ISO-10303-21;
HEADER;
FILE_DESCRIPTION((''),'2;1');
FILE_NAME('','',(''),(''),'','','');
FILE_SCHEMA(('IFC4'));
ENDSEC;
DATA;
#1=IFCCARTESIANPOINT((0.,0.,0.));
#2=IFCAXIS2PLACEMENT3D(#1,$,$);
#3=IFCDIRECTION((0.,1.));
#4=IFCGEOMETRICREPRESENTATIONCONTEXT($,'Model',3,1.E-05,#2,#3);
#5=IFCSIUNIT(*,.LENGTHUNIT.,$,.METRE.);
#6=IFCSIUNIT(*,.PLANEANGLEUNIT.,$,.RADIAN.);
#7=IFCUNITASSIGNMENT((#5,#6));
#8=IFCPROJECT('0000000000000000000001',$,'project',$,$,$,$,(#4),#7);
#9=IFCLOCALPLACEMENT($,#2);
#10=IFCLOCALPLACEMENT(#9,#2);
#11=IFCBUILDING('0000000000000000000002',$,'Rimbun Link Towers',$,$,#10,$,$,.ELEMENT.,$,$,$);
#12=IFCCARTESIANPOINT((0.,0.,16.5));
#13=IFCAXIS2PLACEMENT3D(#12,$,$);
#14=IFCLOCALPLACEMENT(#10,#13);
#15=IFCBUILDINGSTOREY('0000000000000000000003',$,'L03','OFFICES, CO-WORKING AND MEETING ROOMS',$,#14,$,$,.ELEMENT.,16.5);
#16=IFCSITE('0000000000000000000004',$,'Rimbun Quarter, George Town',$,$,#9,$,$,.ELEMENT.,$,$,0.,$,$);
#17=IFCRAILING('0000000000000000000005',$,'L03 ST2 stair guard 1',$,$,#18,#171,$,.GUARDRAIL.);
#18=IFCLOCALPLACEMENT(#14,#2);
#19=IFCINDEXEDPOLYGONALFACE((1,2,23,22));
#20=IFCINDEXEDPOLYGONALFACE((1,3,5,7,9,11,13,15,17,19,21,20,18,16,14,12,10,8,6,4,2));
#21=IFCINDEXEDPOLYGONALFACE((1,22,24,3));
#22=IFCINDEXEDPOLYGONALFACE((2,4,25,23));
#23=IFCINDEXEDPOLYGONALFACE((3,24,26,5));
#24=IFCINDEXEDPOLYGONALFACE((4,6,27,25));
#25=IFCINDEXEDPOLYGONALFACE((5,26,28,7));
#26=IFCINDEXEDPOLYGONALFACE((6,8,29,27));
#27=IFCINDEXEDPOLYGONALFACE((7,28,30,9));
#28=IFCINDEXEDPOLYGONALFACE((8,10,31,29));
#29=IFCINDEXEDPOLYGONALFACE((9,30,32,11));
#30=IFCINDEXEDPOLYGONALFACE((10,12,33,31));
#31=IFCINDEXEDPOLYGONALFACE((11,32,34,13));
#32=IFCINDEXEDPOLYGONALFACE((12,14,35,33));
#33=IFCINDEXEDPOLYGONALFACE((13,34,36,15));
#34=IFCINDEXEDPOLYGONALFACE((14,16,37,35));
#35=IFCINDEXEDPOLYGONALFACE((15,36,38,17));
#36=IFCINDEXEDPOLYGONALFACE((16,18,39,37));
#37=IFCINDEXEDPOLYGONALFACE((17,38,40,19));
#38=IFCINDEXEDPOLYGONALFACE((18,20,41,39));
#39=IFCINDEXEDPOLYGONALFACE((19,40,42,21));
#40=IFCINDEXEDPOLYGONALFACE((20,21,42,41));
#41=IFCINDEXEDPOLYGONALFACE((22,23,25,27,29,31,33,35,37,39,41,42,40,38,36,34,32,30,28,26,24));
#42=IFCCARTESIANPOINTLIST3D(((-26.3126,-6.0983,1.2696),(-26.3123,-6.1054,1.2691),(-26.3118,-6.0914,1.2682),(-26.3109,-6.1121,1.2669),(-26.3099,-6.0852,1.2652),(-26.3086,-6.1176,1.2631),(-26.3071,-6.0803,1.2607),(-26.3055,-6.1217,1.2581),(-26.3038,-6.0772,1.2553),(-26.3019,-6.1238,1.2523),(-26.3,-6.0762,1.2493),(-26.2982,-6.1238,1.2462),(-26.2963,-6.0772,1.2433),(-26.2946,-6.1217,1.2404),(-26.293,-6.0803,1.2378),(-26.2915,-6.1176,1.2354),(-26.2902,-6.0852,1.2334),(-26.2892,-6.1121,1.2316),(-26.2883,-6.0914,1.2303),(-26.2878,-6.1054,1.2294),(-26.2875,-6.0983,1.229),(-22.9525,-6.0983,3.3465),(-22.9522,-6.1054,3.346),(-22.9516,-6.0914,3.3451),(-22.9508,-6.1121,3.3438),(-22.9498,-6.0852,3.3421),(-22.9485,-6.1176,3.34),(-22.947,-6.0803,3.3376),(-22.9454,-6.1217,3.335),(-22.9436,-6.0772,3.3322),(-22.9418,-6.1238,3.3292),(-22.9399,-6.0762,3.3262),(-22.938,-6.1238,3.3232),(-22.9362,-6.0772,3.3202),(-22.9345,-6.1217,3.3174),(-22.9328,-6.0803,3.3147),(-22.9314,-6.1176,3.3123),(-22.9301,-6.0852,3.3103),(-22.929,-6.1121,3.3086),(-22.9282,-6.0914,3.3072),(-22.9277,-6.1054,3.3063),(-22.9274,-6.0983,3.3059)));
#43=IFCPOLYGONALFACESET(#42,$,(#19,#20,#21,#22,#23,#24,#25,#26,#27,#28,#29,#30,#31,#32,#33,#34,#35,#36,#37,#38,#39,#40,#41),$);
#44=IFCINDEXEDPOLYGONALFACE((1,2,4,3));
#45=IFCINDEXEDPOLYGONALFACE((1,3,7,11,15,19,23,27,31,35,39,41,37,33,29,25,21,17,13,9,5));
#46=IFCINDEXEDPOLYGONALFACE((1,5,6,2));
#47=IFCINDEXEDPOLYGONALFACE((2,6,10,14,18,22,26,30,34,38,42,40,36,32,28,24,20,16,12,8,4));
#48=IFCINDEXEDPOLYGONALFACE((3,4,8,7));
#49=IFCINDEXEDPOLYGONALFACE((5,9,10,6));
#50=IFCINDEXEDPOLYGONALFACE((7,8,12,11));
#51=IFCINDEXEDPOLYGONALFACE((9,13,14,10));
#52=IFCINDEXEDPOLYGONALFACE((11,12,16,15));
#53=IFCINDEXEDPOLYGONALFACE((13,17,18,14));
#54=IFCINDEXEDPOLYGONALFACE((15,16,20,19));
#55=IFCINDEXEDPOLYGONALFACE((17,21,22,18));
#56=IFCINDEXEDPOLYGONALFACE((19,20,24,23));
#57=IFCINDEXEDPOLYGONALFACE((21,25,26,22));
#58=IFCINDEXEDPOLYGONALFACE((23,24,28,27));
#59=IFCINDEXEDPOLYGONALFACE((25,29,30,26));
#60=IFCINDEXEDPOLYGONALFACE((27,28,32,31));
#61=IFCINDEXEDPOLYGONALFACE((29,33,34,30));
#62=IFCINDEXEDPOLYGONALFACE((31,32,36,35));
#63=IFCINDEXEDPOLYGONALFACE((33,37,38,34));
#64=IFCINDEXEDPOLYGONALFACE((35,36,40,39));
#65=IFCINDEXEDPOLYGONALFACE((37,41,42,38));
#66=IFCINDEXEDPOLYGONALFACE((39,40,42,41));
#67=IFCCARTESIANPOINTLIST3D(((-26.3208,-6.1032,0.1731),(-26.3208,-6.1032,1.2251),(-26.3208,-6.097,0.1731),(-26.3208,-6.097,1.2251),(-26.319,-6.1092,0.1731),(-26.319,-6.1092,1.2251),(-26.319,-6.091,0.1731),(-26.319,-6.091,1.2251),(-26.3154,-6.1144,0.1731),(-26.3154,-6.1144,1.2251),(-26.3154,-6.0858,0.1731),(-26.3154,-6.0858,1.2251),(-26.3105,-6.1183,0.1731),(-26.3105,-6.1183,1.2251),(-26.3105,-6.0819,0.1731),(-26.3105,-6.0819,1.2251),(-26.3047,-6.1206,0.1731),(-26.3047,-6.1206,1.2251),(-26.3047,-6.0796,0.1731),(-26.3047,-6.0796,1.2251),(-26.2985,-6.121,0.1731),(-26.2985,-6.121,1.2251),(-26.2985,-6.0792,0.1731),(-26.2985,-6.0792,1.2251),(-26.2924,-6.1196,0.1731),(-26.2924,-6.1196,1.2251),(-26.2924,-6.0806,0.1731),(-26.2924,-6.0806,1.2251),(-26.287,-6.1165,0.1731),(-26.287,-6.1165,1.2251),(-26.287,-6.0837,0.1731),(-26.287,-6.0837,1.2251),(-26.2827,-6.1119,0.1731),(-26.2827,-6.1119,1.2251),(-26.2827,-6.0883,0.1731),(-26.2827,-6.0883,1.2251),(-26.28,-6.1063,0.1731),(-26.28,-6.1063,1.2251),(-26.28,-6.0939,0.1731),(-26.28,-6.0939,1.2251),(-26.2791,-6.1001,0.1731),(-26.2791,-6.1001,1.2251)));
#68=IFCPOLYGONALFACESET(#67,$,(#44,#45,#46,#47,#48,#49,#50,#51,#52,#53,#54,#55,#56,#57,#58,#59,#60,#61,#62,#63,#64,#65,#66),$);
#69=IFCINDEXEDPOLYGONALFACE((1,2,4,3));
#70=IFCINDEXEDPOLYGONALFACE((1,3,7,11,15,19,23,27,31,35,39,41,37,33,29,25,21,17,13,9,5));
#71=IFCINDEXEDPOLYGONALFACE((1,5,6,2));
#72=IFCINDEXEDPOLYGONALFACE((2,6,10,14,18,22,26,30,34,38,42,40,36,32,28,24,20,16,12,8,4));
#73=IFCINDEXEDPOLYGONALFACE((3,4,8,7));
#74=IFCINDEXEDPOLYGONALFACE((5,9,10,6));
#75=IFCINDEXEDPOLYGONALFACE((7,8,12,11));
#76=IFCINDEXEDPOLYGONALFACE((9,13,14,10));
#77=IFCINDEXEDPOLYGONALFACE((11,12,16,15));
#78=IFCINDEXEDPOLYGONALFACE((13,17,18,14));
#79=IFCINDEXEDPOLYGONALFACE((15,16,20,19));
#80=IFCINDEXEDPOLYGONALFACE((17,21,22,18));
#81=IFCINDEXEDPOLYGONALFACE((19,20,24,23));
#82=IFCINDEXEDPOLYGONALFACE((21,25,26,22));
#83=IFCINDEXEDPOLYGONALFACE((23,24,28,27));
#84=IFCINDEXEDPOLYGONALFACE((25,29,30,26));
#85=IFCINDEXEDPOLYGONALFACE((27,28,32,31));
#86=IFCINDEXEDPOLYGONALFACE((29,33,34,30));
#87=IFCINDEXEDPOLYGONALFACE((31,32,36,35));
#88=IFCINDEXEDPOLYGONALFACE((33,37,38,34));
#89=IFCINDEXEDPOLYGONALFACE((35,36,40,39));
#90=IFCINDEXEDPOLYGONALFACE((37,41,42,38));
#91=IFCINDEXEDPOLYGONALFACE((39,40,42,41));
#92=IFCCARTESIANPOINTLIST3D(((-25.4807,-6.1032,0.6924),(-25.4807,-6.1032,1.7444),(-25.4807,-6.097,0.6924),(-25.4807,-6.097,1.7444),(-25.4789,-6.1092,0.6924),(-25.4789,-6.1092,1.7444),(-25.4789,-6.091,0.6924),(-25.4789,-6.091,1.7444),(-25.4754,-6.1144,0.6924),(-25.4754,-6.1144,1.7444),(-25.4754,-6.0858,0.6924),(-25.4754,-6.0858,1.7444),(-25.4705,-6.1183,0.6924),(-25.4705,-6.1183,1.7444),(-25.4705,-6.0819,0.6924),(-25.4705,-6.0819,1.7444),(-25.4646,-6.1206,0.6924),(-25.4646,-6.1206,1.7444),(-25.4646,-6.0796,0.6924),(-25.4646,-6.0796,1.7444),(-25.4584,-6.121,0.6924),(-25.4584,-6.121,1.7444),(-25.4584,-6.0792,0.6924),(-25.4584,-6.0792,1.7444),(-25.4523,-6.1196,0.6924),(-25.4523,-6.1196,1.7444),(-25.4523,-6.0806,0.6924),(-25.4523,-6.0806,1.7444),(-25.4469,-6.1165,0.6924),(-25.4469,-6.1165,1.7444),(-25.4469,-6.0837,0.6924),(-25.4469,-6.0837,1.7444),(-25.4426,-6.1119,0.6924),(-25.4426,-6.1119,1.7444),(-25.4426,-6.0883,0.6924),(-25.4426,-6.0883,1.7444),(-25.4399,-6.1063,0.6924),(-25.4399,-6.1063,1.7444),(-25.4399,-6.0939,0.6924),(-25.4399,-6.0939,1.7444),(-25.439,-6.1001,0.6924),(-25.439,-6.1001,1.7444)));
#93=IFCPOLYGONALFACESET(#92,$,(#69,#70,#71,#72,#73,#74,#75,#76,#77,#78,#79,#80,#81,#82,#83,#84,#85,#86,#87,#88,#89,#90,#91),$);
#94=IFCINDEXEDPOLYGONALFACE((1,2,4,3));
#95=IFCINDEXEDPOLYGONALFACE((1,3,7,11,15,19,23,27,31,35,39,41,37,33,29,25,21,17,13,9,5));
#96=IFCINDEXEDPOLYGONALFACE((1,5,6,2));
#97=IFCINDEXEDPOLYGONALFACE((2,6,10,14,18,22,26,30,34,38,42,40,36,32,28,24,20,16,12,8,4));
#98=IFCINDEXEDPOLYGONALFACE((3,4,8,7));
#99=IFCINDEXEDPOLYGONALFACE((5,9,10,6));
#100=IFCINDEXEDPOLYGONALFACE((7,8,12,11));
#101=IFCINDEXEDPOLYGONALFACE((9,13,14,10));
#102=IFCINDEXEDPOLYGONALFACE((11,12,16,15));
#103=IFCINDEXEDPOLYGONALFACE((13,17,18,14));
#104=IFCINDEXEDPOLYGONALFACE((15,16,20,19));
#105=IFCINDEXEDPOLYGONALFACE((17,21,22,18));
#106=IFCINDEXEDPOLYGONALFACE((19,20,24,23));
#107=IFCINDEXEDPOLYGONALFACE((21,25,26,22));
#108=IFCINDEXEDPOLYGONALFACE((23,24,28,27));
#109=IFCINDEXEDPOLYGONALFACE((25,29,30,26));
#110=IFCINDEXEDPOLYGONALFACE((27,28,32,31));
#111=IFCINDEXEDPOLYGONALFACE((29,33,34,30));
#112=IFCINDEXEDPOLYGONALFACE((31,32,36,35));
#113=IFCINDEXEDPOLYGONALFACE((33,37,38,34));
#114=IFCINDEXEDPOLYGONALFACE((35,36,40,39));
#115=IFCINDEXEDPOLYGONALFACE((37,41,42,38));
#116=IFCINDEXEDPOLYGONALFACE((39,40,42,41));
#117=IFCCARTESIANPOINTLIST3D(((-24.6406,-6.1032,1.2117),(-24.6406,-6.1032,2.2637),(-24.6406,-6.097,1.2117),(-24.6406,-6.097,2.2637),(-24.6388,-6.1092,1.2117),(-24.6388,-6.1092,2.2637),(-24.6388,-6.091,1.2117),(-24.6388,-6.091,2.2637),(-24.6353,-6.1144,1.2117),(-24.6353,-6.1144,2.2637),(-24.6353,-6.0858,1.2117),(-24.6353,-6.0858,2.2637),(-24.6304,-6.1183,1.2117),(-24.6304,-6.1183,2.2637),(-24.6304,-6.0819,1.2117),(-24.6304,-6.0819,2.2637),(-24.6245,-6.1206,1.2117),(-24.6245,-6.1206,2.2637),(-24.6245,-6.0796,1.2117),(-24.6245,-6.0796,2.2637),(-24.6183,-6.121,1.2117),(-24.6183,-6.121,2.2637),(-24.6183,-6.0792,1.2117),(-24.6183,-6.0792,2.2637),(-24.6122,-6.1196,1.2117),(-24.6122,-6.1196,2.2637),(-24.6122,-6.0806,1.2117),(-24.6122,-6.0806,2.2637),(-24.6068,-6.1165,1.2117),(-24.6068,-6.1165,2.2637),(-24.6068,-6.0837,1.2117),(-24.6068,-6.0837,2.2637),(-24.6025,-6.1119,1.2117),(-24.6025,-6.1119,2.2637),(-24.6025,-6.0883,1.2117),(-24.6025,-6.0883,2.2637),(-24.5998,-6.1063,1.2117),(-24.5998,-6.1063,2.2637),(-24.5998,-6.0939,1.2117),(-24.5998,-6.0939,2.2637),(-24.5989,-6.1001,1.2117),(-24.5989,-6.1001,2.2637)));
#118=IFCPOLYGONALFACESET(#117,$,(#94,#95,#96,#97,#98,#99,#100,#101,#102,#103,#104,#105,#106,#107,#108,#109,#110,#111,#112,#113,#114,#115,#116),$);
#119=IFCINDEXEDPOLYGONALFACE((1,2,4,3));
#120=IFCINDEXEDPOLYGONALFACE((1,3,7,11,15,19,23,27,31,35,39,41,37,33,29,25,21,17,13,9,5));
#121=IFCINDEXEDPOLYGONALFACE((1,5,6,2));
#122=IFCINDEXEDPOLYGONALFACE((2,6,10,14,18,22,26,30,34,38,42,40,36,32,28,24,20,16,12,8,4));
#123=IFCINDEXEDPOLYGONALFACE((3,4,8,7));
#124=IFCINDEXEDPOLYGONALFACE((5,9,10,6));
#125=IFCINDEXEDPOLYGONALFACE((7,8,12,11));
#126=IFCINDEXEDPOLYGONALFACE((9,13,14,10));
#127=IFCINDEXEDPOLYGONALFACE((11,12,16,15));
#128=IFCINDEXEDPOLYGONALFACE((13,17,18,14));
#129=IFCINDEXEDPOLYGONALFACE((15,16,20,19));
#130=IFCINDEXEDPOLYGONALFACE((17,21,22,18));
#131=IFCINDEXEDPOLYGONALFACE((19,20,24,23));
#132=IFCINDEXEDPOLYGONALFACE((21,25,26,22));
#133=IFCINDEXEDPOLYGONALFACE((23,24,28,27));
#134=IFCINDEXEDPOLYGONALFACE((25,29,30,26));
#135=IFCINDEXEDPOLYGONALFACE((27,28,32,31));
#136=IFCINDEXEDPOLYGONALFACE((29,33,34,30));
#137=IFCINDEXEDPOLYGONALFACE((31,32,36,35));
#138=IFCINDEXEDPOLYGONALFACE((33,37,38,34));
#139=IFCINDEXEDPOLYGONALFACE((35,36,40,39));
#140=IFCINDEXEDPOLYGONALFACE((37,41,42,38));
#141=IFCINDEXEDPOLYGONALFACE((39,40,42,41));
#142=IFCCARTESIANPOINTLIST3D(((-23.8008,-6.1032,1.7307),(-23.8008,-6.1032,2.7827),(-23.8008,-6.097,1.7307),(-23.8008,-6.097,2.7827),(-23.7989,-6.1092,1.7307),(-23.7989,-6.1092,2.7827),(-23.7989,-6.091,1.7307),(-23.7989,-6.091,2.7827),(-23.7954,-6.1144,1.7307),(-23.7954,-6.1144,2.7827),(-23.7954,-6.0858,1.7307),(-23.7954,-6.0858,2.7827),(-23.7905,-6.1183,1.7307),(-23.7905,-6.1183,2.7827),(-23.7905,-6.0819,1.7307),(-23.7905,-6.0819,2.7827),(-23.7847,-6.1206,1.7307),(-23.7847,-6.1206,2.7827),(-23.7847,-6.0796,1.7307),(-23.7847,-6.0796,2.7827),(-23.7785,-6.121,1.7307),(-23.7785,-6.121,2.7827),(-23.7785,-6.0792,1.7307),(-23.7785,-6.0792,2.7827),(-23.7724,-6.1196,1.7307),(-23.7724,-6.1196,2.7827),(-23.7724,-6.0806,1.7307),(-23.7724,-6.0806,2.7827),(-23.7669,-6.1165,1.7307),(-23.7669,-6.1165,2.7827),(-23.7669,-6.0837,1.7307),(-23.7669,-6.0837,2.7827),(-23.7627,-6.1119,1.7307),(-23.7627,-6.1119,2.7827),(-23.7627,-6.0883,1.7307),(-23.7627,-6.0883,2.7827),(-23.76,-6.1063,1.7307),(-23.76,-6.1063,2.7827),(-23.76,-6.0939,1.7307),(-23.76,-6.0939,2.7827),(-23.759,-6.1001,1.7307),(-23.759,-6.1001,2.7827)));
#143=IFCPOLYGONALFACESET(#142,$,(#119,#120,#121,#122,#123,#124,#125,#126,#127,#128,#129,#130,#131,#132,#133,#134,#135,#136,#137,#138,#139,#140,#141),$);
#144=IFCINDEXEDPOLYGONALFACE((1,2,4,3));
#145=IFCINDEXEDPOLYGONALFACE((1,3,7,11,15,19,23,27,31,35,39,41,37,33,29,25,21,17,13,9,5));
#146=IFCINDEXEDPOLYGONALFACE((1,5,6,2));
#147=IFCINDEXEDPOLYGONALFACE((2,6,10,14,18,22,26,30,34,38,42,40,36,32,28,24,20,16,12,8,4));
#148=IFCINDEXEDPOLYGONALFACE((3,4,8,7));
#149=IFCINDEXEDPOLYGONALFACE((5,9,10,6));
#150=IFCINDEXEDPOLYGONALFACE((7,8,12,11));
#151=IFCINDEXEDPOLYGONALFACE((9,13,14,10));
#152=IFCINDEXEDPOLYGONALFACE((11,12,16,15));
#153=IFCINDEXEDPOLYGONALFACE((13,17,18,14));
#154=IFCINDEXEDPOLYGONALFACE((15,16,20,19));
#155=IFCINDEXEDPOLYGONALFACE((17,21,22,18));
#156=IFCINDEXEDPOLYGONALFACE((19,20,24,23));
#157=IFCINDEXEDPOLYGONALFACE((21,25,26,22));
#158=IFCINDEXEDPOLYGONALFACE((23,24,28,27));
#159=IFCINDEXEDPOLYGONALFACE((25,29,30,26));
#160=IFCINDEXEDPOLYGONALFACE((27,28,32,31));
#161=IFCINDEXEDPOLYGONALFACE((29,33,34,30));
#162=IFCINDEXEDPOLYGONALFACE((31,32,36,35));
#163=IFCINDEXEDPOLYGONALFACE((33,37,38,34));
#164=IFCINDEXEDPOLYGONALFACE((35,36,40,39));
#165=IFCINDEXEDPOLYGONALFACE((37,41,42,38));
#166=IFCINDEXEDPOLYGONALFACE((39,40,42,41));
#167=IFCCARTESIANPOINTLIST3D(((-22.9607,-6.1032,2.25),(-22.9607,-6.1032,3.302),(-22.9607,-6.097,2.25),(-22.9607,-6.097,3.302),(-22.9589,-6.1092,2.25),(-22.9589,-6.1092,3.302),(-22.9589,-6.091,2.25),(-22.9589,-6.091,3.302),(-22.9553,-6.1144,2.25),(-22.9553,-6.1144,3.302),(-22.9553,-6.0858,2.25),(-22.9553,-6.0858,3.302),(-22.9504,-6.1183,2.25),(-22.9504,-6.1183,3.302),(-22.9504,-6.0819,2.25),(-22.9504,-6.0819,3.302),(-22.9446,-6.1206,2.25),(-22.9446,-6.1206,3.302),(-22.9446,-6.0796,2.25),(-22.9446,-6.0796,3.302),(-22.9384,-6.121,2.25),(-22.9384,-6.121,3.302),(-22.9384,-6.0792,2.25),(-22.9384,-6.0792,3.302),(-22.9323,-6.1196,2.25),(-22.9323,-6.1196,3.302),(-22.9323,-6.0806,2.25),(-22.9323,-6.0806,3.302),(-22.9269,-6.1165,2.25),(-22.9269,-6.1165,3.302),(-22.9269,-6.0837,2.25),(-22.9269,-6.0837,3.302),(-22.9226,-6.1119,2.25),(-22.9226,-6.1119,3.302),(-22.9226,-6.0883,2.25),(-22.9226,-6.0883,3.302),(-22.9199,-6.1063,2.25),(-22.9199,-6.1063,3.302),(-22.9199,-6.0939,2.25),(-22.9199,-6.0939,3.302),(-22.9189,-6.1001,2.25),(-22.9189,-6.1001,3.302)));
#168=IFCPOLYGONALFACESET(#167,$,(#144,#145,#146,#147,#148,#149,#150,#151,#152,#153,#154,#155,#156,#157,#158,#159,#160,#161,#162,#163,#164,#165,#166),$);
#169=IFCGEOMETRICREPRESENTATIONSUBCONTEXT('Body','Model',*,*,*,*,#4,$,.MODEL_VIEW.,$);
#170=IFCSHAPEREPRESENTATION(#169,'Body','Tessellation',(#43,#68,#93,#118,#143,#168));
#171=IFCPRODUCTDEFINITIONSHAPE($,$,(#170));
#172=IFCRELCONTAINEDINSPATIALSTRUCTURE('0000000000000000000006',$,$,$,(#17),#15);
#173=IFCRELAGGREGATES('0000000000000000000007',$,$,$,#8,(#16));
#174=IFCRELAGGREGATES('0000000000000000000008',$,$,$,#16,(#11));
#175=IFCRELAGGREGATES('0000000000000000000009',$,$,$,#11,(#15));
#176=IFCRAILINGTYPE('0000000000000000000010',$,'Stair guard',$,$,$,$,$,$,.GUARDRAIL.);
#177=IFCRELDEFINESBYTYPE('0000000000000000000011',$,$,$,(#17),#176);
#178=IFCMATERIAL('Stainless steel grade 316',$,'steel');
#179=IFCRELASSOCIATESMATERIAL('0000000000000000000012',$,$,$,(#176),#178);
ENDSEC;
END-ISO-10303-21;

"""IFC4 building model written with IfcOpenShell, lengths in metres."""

from ifc_helpers import new_model, si_unit, direction, frame, origin, origin_2d, place, context, subcontext, project, spatial, circle, extrude, material, type_object, element, save


model = new_model("IFC4")

# Units and contexts
model_context = context("Model", 3, precision=1e-05, world=origin(), true_north=direction((0.0, 1.0)))
body_context = subcontext(model_context, "Body", "Model", "MODEL_VIEW")
ifc_project = project(units=[si_unit("LENGTHUNIT", "METRE"), si_unit("PLANEANGLEUNIT", "RADIAN")], contexts=[model_context])

# Site, building, storey
site_placement = place(None, origin())
site = spatial("IfcSite", under=ifc_project, at=site_placement, Name="Rimbun Quarter, George Town", CompositionType="ELEMENT", RefElevation=0.0)
building_placement = place(site_placement, origin())
building = spatial("IfcBuilding", under=site, at=building_placement, Name="Rimbun Link Towers", CompositionType="ELEMENT")
storey_placement = place(building_placement, frame((0.0, 0.0, 16.5)))
storey = spatial("IfcBuildingStorey", under=building, at=storey_placement, Name="L03", Description="OFFICES, CO-WORKING AND MEETING ROOMS", CompositionType="ELEMENT", Elevation=16.5)

# Railing
ifc_material_1 = material(Name="Stainless steel grade 316", Category="steel")
railing_type_1 = type_object("IfcRailingType", Name="Stair guard", PredefinedType="GUARDRAIL", material=ifc_material_1)
railing_1_placement = place(storey_placement, frame((-26.3, -6.1001, 0.1731)))
element("IfcRailing", 1, at=railing_1_placement, inside=storey, type_object=railing_type_1, Name="L03 ST2 stair guard 1", PredefinedType="GUARDRAIL", context=body_context, shape_type="SweptSolid", body=[
    extrude(circle(Radius=0.0239, at=origin_2d()), frame((0.0, 0.0, 1.0762), z_axis=(0.850623, 0.0, 0.525776), x_axis=(0.0, 1.0, 0.0)), (0.0, 0.0, 1.0), 3.9502),
    extrude(circle(Radius=0.021, at=origin_2d()), origin(), (0.0, 0.0, 1.0), 1.052),
    extrude(circle(Radius=0.021, at=origin_2d()), frame((0.8401, 0.0, 0.5193)), (0.0, 0.0, 1.0), 1.052),
    extrude(circle(Radius=0.021, at=origin_2d()), frame((1.6802, 0.0, 1.0386)), (0.0, 0.0, 1.0), 1.052),
    extrude(circle(Radius=0.021, at=origin_2d()), frame((2.52, 0.0, 1.5576)), (0.0, 0.0, 1.0), 1.052),
    extrude(circle(Radius=0.021, at=origin_2d()), frame((3.3601, 0.0, 2.0769)), (0.0, 0.0, 1.0), 1.052),
])

save(model, "model.ifc")
